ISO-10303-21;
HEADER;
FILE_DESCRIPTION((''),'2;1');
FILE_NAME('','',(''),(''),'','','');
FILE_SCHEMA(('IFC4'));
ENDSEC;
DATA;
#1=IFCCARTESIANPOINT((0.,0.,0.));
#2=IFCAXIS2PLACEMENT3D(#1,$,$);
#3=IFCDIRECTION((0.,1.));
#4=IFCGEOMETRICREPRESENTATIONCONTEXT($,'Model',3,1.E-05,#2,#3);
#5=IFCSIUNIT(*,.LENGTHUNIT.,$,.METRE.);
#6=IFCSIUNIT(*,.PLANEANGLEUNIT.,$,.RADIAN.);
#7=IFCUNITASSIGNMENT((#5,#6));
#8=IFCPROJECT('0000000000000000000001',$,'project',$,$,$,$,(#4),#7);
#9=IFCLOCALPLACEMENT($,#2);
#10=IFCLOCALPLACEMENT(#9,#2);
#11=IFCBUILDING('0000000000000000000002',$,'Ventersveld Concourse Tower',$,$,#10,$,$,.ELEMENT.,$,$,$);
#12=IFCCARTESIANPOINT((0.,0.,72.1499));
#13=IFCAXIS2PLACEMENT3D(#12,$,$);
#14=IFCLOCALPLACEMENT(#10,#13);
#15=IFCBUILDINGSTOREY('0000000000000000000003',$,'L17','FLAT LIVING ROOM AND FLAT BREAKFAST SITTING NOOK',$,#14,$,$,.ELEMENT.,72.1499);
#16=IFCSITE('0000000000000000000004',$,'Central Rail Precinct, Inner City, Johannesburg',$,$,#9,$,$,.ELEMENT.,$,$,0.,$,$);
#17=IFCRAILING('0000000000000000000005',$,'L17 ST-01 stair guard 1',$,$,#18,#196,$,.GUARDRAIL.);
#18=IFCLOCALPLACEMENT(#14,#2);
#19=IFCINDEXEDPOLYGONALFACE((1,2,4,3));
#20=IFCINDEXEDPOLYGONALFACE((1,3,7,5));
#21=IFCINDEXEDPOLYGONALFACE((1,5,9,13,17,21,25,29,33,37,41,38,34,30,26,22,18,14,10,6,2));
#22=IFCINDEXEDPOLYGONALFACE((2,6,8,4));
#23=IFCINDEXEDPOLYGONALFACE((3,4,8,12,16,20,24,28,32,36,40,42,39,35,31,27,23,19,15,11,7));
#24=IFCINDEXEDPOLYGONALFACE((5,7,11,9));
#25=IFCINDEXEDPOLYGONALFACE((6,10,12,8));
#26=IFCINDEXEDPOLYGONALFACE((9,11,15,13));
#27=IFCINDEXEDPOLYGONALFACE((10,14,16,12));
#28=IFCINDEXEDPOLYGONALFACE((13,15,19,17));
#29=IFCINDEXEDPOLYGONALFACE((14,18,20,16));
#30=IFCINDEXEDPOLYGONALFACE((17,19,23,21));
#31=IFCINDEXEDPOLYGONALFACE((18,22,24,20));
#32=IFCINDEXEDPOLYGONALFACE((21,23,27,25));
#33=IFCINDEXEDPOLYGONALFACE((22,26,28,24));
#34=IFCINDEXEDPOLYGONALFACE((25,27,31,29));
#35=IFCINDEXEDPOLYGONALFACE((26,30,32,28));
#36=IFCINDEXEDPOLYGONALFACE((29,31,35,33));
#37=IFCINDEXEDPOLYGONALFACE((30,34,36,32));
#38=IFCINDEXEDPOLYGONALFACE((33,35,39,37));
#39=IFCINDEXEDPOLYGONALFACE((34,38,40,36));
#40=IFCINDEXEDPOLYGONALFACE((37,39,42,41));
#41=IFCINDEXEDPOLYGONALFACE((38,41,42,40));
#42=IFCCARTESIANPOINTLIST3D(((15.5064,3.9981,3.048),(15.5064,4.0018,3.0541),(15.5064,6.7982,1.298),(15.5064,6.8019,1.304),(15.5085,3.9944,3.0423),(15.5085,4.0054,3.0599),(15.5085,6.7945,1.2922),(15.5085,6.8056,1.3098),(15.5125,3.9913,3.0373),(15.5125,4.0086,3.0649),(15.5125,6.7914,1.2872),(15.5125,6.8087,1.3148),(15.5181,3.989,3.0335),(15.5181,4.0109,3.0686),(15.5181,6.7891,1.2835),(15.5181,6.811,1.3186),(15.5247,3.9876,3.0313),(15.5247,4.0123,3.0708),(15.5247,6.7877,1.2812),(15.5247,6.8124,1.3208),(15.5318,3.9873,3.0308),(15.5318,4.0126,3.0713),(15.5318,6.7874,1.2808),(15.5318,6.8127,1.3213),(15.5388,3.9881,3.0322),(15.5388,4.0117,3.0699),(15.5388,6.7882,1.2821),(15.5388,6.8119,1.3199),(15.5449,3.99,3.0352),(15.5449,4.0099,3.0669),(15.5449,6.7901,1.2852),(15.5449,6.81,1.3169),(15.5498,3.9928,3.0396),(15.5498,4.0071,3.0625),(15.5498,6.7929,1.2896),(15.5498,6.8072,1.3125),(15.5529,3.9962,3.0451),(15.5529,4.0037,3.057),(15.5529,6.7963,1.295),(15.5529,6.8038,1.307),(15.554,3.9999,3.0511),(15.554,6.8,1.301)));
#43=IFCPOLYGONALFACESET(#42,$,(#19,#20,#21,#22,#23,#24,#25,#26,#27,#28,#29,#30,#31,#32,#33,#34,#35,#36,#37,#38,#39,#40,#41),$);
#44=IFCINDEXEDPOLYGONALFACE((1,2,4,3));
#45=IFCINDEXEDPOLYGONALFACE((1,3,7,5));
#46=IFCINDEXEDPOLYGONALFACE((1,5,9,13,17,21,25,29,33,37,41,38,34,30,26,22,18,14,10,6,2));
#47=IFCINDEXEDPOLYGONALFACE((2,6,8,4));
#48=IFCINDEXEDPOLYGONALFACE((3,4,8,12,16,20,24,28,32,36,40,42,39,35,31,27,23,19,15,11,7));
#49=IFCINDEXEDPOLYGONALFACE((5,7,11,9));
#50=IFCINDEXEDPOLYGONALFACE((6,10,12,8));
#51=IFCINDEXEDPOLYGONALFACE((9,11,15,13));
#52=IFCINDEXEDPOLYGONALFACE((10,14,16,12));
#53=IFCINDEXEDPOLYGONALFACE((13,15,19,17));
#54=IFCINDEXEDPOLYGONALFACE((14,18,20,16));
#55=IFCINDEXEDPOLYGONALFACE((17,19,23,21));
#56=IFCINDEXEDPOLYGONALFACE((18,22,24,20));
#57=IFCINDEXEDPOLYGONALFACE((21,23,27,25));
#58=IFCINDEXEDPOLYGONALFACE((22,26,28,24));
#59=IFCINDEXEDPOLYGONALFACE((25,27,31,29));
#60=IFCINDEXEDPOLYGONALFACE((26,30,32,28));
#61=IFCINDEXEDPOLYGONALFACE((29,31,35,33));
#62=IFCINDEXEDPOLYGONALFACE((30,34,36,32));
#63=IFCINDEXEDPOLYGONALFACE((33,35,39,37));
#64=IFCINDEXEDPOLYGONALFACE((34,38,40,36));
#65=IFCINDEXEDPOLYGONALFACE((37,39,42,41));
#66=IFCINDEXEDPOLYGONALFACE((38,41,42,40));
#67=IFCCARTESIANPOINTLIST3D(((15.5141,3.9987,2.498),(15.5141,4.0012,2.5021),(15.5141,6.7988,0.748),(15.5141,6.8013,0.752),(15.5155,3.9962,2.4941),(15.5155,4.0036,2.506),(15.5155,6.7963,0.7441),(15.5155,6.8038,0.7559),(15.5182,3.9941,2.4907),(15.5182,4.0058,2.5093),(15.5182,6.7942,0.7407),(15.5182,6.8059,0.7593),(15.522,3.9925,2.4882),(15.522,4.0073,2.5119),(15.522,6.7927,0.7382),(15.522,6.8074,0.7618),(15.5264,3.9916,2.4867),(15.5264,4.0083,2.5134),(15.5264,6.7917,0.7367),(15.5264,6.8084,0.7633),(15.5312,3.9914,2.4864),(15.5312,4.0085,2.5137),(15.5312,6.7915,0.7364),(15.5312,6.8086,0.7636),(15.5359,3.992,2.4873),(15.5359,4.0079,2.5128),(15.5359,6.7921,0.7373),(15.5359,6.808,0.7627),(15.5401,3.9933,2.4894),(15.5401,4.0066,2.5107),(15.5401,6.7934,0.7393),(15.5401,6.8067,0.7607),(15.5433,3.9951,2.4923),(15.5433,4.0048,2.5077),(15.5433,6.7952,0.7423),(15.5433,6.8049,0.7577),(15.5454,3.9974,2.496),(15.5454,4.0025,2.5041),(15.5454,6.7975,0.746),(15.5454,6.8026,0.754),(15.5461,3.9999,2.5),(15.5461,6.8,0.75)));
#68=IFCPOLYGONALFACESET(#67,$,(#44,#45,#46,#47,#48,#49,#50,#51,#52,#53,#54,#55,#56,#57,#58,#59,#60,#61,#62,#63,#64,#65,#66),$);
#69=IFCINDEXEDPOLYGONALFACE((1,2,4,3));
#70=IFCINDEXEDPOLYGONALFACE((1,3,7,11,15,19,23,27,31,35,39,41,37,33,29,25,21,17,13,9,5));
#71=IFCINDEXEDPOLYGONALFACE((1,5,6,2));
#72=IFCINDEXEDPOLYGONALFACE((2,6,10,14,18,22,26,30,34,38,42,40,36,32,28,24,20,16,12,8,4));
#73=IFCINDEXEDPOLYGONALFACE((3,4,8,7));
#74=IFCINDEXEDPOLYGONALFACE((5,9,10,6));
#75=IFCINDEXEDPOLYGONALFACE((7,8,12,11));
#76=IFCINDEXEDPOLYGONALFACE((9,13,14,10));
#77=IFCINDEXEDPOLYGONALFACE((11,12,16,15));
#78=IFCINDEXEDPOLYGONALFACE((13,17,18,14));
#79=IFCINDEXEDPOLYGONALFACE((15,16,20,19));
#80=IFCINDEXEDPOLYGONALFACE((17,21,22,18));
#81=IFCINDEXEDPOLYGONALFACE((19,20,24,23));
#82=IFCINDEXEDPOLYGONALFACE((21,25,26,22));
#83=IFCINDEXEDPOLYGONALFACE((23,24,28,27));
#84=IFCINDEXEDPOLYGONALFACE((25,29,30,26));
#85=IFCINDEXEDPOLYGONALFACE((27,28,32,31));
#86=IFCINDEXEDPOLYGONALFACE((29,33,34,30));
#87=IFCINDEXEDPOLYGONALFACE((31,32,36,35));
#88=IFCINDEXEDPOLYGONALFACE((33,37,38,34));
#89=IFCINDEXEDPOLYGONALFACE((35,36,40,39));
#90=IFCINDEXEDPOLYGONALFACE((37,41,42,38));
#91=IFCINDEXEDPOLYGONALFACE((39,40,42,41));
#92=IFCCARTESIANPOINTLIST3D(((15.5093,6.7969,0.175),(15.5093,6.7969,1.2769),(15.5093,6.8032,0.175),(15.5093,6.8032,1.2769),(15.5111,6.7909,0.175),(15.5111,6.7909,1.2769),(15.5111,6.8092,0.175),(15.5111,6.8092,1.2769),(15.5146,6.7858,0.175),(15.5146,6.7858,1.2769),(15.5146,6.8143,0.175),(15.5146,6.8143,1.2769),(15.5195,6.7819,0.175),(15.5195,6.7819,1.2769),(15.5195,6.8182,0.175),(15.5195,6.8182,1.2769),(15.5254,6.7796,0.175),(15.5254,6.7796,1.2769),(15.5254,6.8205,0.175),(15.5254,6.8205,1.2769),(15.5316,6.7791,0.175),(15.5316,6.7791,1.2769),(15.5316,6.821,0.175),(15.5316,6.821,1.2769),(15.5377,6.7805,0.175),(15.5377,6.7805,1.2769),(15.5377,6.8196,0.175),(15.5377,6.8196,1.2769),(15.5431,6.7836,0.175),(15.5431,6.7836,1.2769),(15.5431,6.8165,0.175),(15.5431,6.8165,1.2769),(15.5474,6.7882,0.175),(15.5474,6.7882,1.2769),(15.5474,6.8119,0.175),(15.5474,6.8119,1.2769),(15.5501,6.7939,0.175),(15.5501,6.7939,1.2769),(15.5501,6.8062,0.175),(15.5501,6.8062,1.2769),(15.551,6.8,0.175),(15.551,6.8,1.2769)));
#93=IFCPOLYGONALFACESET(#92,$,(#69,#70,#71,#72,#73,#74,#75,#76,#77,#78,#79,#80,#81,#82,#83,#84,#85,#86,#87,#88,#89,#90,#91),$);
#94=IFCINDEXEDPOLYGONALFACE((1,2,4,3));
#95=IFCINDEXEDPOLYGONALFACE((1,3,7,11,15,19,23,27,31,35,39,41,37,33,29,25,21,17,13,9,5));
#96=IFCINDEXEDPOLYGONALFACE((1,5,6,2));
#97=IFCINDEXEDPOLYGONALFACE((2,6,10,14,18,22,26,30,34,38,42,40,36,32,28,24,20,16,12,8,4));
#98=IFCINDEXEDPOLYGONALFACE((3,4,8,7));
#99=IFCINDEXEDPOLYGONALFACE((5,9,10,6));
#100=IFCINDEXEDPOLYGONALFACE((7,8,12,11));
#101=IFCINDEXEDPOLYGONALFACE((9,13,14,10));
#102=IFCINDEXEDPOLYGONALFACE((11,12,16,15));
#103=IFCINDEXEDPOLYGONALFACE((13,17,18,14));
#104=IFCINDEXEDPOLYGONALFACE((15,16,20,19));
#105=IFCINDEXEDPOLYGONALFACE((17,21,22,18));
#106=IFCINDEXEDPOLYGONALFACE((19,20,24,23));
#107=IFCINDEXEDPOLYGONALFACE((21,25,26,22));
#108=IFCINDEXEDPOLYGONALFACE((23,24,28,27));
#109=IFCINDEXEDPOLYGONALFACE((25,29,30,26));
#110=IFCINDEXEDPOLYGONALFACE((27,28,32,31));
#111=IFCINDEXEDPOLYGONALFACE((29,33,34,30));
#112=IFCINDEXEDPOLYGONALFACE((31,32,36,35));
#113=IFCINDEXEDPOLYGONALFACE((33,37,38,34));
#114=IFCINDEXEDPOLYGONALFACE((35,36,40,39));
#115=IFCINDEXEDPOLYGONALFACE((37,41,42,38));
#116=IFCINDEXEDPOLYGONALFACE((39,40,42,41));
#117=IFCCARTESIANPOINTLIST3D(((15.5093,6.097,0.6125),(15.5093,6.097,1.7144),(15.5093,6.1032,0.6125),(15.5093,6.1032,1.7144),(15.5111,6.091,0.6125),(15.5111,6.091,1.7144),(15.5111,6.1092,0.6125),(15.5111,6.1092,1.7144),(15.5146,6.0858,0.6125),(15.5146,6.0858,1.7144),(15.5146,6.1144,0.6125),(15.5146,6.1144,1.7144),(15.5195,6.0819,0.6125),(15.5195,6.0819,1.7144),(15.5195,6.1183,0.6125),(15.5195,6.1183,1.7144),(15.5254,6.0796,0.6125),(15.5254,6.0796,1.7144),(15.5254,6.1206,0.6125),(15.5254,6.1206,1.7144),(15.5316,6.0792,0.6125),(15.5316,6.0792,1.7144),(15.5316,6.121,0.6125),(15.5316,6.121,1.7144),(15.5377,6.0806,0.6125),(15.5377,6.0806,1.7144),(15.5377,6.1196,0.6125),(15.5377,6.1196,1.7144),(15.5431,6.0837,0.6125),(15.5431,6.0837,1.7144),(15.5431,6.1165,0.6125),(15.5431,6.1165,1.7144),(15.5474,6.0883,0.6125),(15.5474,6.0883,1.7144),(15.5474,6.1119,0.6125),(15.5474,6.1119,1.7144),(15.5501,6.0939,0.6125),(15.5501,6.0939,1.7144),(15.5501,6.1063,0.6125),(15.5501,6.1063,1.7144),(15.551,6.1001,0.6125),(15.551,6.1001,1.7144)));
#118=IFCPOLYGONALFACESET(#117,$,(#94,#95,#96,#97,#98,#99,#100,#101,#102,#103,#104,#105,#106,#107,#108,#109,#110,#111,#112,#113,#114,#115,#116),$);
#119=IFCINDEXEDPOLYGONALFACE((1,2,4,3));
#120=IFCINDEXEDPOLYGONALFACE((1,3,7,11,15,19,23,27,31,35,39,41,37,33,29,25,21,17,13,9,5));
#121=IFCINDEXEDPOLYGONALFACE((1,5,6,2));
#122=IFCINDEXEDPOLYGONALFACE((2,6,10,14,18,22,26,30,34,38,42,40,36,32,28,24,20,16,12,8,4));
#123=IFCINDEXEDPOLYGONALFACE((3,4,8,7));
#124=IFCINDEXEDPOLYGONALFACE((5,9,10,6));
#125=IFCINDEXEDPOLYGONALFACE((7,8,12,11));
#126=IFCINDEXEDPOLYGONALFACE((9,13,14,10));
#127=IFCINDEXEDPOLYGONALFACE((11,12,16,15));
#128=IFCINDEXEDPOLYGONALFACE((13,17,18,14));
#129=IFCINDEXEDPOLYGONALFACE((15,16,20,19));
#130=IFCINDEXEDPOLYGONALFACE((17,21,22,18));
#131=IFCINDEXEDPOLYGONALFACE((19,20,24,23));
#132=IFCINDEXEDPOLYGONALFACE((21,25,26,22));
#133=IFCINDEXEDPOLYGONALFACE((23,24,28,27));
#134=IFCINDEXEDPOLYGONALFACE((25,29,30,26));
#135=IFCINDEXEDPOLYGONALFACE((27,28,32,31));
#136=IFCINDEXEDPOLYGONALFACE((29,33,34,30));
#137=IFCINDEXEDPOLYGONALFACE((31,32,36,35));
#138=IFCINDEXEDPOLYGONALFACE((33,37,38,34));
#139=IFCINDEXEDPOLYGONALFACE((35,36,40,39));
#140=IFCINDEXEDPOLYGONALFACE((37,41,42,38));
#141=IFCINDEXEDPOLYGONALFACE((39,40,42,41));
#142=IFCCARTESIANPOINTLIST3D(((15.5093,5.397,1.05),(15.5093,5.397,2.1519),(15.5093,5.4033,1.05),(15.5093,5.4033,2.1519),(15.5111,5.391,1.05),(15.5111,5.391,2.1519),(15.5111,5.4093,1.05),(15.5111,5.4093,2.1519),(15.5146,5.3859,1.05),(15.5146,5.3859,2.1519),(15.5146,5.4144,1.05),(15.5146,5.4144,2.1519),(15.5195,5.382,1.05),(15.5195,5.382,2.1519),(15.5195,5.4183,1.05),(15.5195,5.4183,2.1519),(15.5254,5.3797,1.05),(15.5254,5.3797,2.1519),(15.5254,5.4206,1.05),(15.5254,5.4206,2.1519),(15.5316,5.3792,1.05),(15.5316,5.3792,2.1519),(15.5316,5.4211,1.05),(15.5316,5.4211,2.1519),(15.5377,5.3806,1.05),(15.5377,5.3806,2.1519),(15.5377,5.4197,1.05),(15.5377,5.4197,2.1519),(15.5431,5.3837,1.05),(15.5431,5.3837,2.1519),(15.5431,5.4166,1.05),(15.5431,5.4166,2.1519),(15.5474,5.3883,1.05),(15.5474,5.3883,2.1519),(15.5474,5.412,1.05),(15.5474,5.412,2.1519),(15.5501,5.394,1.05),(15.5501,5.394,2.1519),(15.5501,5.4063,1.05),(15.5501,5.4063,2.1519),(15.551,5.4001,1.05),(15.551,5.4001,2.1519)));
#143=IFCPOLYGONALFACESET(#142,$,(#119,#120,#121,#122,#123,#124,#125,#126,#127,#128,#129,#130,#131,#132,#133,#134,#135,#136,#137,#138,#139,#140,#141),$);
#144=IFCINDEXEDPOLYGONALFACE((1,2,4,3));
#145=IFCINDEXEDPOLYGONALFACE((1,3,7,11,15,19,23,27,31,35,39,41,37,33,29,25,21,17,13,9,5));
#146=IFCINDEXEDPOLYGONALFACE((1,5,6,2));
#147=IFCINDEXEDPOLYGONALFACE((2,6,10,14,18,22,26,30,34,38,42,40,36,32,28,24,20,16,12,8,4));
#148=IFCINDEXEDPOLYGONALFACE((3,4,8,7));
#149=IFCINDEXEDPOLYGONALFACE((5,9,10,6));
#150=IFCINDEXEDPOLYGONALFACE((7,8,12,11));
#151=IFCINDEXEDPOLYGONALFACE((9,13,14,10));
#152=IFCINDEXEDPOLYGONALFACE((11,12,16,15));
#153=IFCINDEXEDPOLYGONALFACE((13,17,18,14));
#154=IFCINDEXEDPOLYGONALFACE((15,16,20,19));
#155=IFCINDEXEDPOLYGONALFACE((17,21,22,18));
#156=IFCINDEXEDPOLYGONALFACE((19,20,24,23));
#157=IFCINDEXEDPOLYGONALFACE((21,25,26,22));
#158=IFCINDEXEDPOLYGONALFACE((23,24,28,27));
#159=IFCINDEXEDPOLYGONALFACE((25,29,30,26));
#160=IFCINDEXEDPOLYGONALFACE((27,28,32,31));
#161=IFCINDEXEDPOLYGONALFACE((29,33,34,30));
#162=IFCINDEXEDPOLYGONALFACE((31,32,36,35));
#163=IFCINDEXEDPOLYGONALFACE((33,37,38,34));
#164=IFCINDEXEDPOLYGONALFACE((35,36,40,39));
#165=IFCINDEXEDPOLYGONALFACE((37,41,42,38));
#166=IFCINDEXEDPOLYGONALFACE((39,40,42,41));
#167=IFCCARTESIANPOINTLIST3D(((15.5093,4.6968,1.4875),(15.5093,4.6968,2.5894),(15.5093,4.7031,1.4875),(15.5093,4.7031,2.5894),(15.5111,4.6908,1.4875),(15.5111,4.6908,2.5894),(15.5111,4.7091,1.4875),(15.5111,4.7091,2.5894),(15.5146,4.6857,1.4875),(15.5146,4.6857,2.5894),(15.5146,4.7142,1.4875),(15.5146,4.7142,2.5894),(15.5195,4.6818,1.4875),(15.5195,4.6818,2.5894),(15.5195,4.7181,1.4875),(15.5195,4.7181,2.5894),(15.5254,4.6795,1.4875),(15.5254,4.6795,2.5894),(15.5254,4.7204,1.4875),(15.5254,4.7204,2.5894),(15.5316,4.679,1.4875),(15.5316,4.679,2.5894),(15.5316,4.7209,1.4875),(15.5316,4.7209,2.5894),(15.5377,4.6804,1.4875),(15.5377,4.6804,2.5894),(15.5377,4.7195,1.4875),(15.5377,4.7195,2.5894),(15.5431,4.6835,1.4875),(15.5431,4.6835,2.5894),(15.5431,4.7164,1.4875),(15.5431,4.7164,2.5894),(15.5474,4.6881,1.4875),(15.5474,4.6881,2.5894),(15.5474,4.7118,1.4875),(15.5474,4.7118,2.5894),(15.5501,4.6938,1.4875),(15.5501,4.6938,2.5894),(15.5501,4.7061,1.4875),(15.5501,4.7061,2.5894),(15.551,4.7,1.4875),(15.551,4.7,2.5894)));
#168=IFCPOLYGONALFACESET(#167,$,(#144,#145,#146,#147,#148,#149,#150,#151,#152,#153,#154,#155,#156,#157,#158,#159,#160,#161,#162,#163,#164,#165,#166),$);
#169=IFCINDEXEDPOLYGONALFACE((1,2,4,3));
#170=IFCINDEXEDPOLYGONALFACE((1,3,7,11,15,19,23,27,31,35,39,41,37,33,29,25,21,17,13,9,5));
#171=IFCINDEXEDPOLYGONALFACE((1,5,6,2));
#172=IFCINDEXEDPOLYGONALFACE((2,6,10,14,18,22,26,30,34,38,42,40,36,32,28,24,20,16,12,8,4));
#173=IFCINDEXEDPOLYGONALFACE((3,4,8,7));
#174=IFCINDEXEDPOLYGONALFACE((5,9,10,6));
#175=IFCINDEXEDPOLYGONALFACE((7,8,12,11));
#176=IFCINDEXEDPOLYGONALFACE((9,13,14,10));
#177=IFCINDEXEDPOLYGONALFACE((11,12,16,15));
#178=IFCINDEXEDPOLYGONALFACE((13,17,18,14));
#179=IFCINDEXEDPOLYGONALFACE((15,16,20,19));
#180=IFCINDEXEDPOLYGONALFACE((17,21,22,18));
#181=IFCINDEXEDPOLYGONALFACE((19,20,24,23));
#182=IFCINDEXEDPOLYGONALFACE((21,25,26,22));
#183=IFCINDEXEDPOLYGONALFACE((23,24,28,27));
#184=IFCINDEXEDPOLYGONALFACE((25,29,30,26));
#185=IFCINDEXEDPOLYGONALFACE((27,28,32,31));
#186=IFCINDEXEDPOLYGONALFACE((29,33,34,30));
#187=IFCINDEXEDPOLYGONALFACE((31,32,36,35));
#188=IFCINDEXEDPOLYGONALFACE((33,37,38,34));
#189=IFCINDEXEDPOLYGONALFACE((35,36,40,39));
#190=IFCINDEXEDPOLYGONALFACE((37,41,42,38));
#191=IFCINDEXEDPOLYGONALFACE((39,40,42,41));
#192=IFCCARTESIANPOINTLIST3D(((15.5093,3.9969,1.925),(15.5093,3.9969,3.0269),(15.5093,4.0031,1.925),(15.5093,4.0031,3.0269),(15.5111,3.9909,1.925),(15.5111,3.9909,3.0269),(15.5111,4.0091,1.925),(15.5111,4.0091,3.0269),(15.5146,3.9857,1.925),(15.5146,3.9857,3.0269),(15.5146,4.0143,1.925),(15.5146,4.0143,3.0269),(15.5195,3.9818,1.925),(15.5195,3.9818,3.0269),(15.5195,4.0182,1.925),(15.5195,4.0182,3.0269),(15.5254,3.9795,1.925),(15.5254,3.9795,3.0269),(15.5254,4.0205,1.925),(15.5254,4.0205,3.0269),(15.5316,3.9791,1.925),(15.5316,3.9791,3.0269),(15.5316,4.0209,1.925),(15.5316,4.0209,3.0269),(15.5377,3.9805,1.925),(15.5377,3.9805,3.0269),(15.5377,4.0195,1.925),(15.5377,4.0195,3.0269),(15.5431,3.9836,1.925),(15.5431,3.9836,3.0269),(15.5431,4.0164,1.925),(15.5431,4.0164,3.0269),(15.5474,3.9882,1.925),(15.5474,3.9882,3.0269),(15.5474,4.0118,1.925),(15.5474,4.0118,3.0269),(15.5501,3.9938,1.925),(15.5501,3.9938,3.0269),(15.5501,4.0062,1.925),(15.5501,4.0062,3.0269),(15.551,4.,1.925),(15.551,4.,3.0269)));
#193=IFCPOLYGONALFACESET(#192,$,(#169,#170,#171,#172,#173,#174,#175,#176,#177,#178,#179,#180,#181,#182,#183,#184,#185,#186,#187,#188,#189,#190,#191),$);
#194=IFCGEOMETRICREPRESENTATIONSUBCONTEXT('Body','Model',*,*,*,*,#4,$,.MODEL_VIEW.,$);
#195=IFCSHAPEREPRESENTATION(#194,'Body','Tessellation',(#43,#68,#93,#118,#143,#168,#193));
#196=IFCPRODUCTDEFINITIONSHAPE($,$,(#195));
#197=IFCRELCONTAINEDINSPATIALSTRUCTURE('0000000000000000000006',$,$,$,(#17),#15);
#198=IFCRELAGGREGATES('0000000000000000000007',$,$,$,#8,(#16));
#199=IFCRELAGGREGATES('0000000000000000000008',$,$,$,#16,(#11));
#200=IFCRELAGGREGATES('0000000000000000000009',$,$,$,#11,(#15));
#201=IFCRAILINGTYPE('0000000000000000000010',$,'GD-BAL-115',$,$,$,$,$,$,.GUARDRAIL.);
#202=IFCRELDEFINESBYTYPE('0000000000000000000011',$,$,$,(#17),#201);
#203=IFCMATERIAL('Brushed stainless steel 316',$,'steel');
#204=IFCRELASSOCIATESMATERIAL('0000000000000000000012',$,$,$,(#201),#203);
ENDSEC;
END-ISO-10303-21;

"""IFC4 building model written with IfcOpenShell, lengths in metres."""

from ifc_helpers import new_model, si_unit, direction, frame, origin, origin_2d, place, context, subcontext, project, spatial, circle, extrude, material, type_object, element, save


model = new_model("IFC4")

# Units and contexts
model_context = context("Model", 3, precision=1e-05, world=origin(), true_north=direction((0.0, 1.0)))
body_context = subcontext(model_context, "Body", "Model", "MODEL_VIEW")
ifc_project = project(units=[si_unit("LENGTHUNIT", "METRE"), si_unit("PLANEANGLEUNIT", "RADIAN")], contexts=[model_context])

# Site, building, storey
site_placement = place(None, origin())
site = spatial("IfcSite", under=ifc_project, at=site_placement, Name="Central Rail Precinct, Inner City, Johannesburg", CompositionType="ELEMENT", RefElevation=0.0)
building_placement = place(site_placement, origin())
building = spatial("IfcBuilding", under=site, at=building_placement, Name="Ventersveld Concourse Tower", CompositionType="ELEMENT")
storey_placement = place(building_placement, frame((0.0, 0.0, 72.1499)))
storey = spatial("IfcBuildingStorey", under=building, at=storey_placement, Name="L17", Description="FLAT LIVING ROOM AND FLAT BREAKFAST SITTING NOOK", CompositionType="ELEMENT", Elevation=72.1499)

# Railing
ifc_material_1 = material(Name="Brushed stainless steel 316", Category="steel")
railing_type_1 = type_object("IfcRailingType", Name="GD-BAL-115", PredefinedType="GUARDRAIL", material=ifc_material_1)
railing_1_placement = place(storey_placement, frame((15.53, 6.8, 0.175)))
element("IfcRailing", 1, at=railing_1_placement, inside=storey, type_object=railing_type_1, Name="L17 ST-01 stair guard 1", PredefinedType="GUARDRAIL", context=body_context, shape_type="SweptSolid", body=[
    extrude(circle(Radius=0.0239, at=origin_2d()), frame((0.0, 0.0, 1.126), z_axis=(0.0, -0.848002, 0.529992), x_axis=(1.0, 0.0, 0.0)), (0.0, 0.0, 1.0), 3.302),
    extrude(circle(Radius=0.0161, at=origin_2d()), frame((0.0, 0.0, 0.575), z_axis=(0.0, -0.848002, 0.529992), x_axis=(1.0, 0.0, 0.0)), (0.0, 0.0, 1.0), 3.302),
    extrude(circle(Radius=0.021, at=origin_2d()), origin(), (0.0, 0.0, 1.0), 1.1018),
    extrude(circle(Radius=0.021, at=origin_2d()), frame((0.0, -0.7, 0.4375)), (0.0, 0.0, 1.0), 1.1018),
    extrude(circle(Radius=0.021, at=origin_2d()), frame((0.0, -1.3999, 0.875)), (0.0, 0.0, 1.0), 1.1018),
    extrude(circle(Radius=0.021, at=origin_2d()), frame((0.0, -2.1001, 1.3125)), (0.0, 0.0, 1.0), 1.1018),
    extrude(circle(Radius=0.021, at=origin_2d()), frame((0.0, -2.8, 1.75)), (0.0, 0.0, 1.0), 1.1018),
])

save(model, "model.ifc")
